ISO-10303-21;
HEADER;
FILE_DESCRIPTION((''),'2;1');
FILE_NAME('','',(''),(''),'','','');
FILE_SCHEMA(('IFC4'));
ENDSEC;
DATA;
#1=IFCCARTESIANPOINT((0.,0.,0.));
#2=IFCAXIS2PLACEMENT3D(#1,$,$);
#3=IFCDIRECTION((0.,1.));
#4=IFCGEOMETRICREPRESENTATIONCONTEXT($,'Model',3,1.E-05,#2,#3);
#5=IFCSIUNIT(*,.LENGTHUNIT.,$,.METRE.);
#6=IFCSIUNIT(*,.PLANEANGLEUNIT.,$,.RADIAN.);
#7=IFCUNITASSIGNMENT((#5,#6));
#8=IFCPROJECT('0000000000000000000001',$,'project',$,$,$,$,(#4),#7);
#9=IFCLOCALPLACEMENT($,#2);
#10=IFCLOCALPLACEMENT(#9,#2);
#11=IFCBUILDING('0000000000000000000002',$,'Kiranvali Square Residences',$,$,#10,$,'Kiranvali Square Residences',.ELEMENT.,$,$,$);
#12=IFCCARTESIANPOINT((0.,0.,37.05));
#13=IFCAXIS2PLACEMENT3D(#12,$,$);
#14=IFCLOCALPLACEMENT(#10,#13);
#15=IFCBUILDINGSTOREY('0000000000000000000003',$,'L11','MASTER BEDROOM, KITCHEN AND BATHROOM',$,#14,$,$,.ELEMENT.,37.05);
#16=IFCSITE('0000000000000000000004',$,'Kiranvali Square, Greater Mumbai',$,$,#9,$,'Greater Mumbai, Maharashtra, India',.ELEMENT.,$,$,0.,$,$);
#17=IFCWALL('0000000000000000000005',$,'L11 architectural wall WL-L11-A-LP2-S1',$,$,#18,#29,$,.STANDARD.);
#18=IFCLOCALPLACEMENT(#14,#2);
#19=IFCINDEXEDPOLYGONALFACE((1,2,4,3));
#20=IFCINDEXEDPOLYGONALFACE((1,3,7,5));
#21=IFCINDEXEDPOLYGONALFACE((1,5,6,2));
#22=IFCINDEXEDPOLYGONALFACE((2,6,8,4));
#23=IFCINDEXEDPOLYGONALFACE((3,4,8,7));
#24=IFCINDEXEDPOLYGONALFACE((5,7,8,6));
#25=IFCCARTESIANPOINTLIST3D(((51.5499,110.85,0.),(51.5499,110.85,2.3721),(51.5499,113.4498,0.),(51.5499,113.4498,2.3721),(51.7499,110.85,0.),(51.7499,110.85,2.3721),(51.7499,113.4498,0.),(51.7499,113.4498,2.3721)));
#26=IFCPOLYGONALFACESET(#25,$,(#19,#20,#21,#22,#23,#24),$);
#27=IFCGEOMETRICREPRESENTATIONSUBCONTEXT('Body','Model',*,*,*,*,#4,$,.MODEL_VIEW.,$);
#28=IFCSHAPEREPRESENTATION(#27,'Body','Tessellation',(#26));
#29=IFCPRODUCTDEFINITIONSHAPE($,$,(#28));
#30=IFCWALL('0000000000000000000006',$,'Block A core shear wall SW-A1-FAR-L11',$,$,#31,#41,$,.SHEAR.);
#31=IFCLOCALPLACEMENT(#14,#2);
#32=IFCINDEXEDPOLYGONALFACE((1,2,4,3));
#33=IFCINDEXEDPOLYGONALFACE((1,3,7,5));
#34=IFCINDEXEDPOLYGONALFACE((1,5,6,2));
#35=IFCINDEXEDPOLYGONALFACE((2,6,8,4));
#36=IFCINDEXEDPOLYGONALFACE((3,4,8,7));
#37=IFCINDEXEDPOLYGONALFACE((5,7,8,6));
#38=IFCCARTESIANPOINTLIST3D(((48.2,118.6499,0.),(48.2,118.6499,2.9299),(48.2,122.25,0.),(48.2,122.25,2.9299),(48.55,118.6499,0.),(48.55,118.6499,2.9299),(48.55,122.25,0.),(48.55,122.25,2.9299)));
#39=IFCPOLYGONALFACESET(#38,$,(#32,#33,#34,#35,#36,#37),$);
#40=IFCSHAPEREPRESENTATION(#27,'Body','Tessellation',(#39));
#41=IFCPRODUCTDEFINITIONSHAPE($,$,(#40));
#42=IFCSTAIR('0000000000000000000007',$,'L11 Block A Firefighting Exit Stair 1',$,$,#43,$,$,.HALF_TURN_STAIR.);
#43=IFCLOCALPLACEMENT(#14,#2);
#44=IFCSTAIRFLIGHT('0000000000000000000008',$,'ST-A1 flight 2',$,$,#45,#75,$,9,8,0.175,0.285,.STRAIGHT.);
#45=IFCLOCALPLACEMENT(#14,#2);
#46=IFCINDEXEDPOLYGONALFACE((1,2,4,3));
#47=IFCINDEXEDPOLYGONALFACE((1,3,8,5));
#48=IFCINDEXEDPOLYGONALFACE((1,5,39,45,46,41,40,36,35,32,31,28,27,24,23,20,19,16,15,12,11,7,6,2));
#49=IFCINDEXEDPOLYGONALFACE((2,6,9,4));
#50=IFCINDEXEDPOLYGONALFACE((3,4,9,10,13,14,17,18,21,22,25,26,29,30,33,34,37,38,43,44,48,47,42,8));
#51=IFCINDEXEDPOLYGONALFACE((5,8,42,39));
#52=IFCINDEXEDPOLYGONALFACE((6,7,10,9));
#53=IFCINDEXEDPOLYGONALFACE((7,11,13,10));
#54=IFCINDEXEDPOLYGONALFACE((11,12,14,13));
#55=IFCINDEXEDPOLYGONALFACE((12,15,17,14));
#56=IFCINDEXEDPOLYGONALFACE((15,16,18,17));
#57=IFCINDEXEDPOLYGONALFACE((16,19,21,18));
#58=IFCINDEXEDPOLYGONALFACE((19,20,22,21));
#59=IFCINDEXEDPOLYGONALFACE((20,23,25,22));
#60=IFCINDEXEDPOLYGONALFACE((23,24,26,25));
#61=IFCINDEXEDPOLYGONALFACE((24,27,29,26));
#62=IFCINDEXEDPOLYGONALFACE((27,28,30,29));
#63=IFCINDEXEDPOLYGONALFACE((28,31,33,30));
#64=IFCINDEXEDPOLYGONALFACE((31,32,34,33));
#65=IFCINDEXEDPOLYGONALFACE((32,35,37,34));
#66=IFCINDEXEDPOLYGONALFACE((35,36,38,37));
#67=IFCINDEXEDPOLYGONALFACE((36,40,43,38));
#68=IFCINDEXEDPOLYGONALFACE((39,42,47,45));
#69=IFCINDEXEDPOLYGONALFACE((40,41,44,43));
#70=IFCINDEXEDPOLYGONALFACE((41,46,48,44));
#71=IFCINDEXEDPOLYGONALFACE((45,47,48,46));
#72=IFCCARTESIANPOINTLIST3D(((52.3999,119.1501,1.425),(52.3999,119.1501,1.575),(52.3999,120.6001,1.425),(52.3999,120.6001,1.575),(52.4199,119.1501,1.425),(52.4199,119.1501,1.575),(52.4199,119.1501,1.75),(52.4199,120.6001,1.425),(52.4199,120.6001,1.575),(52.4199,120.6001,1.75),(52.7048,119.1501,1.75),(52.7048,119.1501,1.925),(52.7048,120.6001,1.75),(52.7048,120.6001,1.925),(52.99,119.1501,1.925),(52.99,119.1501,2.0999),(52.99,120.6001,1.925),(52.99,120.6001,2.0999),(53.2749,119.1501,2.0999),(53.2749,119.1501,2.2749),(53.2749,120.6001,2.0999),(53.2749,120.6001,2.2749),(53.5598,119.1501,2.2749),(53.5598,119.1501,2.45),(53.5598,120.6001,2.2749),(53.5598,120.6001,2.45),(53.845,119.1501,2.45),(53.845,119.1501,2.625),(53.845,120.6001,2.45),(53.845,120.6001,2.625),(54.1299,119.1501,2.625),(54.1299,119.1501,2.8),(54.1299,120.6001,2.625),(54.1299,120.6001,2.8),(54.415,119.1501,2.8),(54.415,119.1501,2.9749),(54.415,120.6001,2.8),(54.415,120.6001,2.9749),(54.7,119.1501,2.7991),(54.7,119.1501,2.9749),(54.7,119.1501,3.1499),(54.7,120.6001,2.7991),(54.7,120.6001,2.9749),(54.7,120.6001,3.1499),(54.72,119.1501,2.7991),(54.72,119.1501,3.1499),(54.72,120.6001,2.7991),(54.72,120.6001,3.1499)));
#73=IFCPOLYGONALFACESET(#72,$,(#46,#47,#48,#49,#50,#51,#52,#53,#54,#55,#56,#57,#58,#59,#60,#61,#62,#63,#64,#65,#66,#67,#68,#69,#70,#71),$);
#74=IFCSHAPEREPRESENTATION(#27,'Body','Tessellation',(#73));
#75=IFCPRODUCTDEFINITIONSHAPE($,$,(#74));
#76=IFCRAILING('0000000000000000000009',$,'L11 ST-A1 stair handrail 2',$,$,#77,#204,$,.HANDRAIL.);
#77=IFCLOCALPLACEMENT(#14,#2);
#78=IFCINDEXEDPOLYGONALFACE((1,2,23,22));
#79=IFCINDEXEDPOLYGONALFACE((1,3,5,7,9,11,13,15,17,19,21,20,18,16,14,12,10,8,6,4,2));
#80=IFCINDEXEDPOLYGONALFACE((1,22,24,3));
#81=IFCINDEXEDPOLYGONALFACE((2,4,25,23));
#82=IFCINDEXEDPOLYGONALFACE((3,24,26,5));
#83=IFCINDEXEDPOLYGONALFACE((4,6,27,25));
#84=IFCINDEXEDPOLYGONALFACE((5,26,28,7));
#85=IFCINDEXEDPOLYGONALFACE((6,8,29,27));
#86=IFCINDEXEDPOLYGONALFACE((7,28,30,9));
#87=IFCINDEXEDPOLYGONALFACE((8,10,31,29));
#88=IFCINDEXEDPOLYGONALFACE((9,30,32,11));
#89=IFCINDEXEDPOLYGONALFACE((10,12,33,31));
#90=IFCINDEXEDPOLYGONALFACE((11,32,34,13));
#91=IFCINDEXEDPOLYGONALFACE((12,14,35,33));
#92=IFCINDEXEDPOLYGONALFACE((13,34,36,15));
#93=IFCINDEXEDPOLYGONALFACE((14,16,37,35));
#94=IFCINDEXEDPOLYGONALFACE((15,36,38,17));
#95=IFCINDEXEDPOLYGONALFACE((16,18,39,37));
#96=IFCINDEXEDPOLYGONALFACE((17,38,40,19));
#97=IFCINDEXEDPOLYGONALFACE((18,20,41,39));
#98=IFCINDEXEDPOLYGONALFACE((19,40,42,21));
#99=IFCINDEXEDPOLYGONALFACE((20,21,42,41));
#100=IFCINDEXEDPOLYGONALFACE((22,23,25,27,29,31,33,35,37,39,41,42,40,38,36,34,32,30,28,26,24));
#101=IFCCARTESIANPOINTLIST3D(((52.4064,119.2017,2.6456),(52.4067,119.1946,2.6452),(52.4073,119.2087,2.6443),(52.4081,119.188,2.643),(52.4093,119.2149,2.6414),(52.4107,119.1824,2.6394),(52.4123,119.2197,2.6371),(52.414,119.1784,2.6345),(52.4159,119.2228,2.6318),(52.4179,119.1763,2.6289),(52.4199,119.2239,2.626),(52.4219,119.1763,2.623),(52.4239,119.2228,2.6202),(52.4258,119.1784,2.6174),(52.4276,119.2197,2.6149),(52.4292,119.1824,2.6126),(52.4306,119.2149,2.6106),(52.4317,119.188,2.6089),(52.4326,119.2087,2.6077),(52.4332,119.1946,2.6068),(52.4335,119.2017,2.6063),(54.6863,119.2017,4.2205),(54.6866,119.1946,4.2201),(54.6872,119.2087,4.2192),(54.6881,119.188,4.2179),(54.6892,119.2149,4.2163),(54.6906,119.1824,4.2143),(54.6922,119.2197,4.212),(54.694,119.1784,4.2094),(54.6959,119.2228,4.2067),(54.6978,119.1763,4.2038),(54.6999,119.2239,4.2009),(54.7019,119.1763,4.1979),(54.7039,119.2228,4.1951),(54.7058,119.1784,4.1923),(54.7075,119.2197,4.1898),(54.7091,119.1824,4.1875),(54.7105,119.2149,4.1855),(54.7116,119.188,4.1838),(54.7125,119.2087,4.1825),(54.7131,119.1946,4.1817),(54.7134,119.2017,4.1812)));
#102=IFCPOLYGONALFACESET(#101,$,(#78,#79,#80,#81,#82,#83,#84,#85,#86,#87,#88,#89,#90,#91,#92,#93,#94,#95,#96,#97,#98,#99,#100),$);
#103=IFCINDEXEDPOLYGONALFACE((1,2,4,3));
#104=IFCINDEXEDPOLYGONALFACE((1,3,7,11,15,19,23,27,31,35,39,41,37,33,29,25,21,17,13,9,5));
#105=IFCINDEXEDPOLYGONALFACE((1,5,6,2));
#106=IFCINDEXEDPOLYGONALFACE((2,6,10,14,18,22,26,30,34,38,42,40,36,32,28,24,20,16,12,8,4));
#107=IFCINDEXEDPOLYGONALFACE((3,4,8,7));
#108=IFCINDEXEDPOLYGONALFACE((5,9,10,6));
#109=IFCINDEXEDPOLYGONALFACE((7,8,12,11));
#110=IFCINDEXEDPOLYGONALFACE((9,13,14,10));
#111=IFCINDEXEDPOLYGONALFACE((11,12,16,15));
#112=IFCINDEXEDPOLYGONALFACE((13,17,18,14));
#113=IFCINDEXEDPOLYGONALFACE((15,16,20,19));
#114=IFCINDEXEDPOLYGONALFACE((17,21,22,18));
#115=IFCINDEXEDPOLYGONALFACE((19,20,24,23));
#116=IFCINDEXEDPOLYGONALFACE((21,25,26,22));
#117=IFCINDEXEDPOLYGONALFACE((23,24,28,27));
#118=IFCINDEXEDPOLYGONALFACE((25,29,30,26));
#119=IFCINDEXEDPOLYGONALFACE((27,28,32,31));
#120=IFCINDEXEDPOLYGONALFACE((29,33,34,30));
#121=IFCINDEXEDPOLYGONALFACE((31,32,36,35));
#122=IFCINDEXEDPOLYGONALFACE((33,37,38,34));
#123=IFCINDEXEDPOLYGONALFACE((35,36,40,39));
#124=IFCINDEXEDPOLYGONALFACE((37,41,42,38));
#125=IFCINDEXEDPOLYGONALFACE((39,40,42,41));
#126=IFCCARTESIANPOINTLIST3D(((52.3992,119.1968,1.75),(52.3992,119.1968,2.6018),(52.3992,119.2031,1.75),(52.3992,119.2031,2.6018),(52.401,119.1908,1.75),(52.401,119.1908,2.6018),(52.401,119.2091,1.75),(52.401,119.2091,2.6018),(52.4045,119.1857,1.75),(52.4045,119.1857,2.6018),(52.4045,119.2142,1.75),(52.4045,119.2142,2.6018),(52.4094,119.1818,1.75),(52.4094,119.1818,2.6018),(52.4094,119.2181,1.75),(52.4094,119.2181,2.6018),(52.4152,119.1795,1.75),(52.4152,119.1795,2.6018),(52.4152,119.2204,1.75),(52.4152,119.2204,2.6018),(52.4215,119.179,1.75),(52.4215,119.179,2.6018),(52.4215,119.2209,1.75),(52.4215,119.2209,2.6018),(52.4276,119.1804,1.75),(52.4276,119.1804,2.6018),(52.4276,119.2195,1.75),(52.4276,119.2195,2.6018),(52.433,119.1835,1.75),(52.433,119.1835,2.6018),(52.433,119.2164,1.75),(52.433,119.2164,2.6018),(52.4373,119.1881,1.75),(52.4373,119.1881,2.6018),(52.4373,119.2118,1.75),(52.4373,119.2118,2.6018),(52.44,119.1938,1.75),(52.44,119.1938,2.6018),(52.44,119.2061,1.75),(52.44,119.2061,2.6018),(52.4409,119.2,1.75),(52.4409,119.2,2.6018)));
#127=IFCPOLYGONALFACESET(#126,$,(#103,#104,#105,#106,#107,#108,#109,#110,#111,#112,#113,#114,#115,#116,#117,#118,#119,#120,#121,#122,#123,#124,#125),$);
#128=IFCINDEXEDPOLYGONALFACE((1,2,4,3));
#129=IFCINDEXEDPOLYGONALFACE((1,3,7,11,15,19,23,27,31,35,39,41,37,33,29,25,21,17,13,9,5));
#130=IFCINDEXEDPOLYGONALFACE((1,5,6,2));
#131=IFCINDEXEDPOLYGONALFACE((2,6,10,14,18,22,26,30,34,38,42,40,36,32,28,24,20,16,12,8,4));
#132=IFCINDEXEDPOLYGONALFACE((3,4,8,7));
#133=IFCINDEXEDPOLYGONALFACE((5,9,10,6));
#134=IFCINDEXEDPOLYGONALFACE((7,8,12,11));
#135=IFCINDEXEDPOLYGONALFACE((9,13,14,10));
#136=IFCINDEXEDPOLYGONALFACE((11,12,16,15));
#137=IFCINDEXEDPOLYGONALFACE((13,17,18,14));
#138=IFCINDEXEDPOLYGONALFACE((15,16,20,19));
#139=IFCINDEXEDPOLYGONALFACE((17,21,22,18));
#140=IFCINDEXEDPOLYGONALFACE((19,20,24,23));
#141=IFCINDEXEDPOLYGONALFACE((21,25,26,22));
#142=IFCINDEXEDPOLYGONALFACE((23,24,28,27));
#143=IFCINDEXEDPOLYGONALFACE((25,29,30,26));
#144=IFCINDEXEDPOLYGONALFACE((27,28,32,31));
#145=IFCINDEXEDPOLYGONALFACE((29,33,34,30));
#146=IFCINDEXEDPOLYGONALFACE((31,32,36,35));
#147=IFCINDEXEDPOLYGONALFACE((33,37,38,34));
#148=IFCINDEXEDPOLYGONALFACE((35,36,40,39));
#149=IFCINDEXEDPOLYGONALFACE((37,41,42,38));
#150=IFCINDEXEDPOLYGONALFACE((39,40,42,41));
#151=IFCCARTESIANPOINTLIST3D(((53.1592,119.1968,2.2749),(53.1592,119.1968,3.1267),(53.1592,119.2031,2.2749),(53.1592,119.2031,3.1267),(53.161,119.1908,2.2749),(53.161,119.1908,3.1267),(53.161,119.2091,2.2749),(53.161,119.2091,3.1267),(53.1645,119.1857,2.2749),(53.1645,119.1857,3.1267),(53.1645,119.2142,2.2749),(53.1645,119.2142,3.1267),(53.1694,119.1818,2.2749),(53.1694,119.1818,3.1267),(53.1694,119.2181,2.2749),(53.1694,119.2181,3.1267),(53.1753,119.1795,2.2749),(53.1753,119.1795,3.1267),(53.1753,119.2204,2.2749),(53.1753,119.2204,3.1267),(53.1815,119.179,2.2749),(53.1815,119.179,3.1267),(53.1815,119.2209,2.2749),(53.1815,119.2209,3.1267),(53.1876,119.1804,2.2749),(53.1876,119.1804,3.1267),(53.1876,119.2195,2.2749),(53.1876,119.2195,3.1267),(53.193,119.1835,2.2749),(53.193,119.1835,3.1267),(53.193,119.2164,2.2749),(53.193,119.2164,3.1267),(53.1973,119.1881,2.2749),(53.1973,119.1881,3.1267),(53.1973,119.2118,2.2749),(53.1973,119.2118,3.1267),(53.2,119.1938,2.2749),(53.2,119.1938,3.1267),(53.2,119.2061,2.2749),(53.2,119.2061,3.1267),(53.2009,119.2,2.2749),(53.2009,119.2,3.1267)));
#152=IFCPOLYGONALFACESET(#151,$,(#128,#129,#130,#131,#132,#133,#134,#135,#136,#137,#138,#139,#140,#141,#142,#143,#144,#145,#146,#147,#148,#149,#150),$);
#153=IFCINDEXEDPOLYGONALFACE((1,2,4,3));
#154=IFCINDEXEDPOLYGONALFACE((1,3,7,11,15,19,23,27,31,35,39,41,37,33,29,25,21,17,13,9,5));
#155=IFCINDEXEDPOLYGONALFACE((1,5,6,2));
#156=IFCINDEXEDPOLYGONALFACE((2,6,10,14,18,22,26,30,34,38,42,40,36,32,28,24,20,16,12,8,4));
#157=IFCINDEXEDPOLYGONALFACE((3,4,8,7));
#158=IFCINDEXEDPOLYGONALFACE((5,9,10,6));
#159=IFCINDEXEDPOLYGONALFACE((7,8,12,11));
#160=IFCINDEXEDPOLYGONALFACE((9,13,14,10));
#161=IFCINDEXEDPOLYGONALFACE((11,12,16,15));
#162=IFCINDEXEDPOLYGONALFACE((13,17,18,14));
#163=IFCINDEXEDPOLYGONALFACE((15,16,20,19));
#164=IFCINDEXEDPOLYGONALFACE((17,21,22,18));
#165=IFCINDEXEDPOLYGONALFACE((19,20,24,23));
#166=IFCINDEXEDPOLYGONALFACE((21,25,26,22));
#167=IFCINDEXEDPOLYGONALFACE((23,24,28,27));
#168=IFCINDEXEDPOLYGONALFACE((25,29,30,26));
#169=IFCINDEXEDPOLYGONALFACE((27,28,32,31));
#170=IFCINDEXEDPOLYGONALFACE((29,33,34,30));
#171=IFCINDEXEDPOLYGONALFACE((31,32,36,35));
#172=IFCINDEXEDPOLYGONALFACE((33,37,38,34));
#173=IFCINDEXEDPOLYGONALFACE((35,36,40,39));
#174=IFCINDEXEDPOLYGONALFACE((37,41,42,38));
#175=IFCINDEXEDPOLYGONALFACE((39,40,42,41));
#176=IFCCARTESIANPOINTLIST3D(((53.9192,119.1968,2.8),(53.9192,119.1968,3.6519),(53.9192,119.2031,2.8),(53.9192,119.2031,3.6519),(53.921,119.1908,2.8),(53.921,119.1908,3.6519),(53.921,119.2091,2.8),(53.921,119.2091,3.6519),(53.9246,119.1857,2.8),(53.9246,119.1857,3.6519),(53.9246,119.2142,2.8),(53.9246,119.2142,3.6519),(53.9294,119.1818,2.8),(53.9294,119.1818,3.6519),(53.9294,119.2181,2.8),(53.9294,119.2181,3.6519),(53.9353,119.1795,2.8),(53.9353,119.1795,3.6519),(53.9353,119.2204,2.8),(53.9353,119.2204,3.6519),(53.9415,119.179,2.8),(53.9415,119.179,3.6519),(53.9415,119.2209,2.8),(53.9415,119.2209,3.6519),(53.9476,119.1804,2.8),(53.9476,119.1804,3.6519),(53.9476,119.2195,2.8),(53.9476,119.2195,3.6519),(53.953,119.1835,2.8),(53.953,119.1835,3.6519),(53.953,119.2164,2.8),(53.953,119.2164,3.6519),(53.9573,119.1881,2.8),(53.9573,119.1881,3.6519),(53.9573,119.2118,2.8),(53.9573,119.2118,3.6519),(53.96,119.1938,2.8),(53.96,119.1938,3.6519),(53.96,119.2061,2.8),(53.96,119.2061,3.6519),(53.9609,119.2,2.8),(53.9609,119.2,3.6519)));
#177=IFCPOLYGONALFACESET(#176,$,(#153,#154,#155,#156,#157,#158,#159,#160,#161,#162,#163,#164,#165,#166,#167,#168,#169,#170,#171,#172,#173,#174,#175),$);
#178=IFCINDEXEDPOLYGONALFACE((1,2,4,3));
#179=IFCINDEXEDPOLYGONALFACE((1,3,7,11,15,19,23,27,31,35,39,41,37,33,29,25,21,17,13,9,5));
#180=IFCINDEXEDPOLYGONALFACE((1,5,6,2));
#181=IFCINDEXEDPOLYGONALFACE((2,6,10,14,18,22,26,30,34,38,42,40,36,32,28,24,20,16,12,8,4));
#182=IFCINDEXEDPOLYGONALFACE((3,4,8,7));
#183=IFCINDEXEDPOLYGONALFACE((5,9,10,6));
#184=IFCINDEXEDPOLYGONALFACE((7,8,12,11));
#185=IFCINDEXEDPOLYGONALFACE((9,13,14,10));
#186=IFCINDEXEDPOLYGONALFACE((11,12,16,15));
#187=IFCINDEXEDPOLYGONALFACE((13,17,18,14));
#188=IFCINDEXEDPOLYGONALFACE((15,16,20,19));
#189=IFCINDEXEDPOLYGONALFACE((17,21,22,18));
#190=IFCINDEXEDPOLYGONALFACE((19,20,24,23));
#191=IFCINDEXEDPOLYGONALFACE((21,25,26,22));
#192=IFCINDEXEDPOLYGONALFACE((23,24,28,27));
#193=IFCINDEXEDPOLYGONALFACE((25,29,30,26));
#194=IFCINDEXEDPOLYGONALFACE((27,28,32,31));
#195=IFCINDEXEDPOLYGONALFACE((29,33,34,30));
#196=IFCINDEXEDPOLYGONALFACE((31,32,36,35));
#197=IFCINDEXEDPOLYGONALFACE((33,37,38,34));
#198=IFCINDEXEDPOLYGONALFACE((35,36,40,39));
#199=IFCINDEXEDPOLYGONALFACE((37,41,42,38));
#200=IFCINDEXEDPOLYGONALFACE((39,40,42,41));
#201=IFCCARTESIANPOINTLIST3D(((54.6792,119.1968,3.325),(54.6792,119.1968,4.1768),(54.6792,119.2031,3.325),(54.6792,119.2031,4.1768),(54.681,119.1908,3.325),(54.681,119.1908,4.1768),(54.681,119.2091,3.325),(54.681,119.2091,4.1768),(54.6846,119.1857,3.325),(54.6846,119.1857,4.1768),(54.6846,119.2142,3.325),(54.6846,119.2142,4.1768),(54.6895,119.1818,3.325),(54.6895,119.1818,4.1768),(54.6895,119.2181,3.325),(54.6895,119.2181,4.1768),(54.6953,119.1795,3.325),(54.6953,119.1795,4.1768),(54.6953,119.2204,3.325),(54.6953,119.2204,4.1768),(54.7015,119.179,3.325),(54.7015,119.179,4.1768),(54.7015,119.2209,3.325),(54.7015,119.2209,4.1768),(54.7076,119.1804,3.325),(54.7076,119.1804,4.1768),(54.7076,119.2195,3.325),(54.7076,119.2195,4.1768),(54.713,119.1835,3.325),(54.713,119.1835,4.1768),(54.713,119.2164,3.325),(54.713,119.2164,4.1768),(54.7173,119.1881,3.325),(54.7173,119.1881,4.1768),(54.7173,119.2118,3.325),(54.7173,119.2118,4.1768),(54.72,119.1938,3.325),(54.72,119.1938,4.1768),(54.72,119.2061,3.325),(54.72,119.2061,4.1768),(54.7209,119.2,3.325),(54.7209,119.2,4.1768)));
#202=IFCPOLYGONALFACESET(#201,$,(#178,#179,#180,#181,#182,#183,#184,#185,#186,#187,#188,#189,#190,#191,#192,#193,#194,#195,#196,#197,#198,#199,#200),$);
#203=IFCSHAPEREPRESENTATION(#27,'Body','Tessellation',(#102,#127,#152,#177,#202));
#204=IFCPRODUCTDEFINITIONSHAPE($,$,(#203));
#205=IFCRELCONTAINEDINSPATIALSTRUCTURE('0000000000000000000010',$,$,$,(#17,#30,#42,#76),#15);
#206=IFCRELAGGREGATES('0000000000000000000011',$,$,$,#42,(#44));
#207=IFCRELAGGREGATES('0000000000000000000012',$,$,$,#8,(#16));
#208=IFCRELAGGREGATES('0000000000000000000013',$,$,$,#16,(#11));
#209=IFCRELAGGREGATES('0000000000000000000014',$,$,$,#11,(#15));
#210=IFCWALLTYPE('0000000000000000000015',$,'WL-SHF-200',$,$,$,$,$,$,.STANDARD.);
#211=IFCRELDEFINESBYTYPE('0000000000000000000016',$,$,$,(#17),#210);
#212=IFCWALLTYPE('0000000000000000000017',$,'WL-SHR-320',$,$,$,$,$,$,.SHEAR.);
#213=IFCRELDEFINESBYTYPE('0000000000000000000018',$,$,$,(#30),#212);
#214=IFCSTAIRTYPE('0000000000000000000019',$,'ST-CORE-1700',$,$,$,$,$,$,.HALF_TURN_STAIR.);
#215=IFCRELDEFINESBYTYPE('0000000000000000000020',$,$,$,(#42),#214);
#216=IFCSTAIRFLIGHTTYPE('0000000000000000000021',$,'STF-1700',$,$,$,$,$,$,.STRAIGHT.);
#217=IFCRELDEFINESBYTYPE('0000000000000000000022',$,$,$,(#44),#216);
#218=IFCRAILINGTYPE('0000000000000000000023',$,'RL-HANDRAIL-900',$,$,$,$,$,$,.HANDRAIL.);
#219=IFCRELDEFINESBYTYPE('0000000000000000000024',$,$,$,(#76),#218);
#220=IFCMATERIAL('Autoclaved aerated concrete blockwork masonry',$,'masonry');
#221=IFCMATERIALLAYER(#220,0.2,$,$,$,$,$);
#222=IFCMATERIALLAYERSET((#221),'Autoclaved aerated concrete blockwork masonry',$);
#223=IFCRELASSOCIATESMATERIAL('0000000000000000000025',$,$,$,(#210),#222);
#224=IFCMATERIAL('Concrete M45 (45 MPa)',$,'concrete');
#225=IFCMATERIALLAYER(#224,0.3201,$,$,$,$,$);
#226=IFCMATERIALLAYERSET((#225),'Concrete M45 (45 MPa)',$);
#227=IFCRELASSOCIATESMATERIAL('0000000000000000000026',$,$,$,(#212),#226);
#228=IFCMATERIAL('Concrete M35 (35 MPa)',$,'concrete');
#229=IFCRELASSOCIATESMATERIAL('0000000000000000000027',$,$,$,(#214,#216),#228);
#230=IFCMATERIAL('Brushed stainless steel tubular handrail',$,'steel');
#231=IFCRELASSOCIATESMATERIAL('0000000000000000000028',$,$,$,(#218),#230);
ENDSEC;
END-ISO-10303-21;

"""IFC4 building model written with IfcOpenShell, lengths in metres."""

from ifc_helpers import new_model, si_unit, direction, frame, frame_2d, origin, origin_2d, place, context, subcontext, project, spatial, polyline, rectangle, circle, outline, extrude, material, layer, layer_set, type_object, element, aggregate, save


model = new_model("IFC4")

# Units and contexts
model_context = context("Model", 3, precision=1e-05, world=origin(), true_north=direction((0.0, 1.0)))
body_context = subcontext(model_context, "Body", "Model", "MODEL_VIEW")
ifc_project = project(units=[si_unit("LENGTHUNIT", "METRE"), si_unit("PLANEANGLEUNIT", "RADIAN")], contexts=[model_context])

# Site, building, storey
site_placement = place(None, origin())
site = spatial("IfcSite", under=ifc_project, at=site_placement, Name="Kiranvali Square, Greater Mumbai", LongName="Greater Mumbai, Maharashtra, India", CompositionType="ELEMENT", RefElevation=0.0)
building_placement = place(site_placement, origin())
building = spatial("IfcBuilding", under=site, at=building_placement, Name="Kiranvali Square Residences", LongName="Kiranvali Square Residences", CompositionType="ELEMENT")
storey_placement = place(building_placement, frame((0.0, 0.0, 37.05)))
storey = spatial("IfcBuildingStorey", under=building, at=storey_placement, Name="L11", Description="MASTER BEDROOM, KITCHEN AND BATHROOM", CompositionType="ELEMENT", Elevation=37.05)

# Shared definitions
ifc_material_1 = material(Name="Concrete M45 (45 MPa)", Category="concrete")

# Shared definitions
ifc_material_2 = material(Name="Autoclaved aerated concrete blockwork masonry", Category="masonry")

# Shared definitions
ifc_layer_1 = layer(ifc_material_2, 0.2)
ifc_layer_set_1 = layer_set([ifc_layer_1], Name="Autoclaved aerated concrete blockwork masonry")
wall_type_1 = type_object("IfcWallType", Name="WL-SHF-200", PredefinedType="STANDARD", material=ifc_layer_set_1)

# Wall
wall_1_placement = place(storey_placement, frame((51.6499, 110.8501, 0.0), z_axis=(0.0, 0.0, 1.0), x_axis=(0.0, 1.0, 0.0)))
element("IfcWall", 1, at=wall_1_placement, inside=storey, type_object=wall_type_1, Name="L11 architectural wall WL-L11-A-LP2-S1", PredefinedType="STANDARD", context=body_context, shape_type="SweptSolid", body=[
    extrude(rectangle(XDim=2.5999, YDim=0.2, at=frame_2d((1.2998, 0.0))), origin(), (0.0, 0.0, 1.0), 2.3721),
])

# Shared definitions
ifc_layer_2 = layer(ifc_material_1, 0.3201)
ifc_layer_set_2 = layer_set([ifc_layer_2], Name="Concrete M45 (45 MPa)")
wall_type_2 = type_object("IfcWallType", Name="WL-SHR-320", PredefinedType="SHEAR", material=ifc_layer_set_2)

# Wall
wall_2_placement = place(storey_placement, frame((48.375, 118.6499, 0.0), z_axis=(0.0, 0.0, 1.0), x_axis=(0.0, 1.0, 0.0)))
element("IfcWall", 2, at=wall_2_placement, inside=storey, type_object=wall_type_2, Name="Block A core shear wall SW-A1-FAR-L11", PredefinedType="SHEAR", context=body_context, shape_type="SweptSolid", body=[
    extrude(rectangle(XDim=3.6001, YDim=0.3501, at=frame_2d((1.8, 0.0))), origin(), (0.0, 0.0, 1.0), 2.9299),
])

# Stair, stair flight
ifc_material_3 = material(Name="Concrete M35 (35 MPa)", Category="concrete")
stair_type = type_object("IfcStairType", Name="ST-CORE-1700", PredefinedType="HALF_TURN_STAIR", material=ifc_material_3)
stair_placement = place(storey_placement, origin())
stair = element("IfcStair", 3, at=stair_placement, inside=storey, type_object=stair_type, Name="L11 Block A Firefighting Exit Stair 1", PredefinedType="HALF_TURN_STAIR")
stair_flight_type = type_object("IfcStairFlightType", Name="STF-1700", PredefinedType="STRAIGHT", material=ifc_material_3)
stair_flight_placement = place(storey_placement, frame((52.4199, 119.875, 1.575), z_axis=(0.0, 0.0, 1.0), x_axis=(1.0, 0.0, 0.0)))
stair_flight = element("IfcStairFlight", 4, at=stair_flight_placement, type_object=stair_flight_type, Name="ST-A1 flight 2", NumberOfRisers=9, NumberOfTreads=8, PredefinedType="STRAIGHT", RiserHeight=0.175, TreadLength=0.285, context=body_context, shape_type="SweptSolid", body=[
    extrude(outline(polyline([(-0.02, -0.1499), (-0.02, 0.0), (0.0, 0.0), (0.0, 0.175), (0.2849, 0.175), (0.2849, 0.3501), (0.5701, 0.3501), (0.5701, 0.5249), (0.855, 0.5249), (0.855, 0.7), (1.1399, 0.7), (1.1399, 0.875), (1.425, 0.875), (1.425, 1.05), (1.71, 1.05), (1.71, 1.2251), (1.9951, 1.2251), (1.9951, 1.3999), (2.28, 1.3999), (2.28, 1.575), (2.3, 1.575), (2.3, 1.2241), (2.28, 1.2241), (0.0, -0.1499), (-0.02, -0.1499)])), frame((0.0, 0.7251, 0.0), z_axis=(0.0, -1.0, 0.0), x_axis=(1.0, 0.0, 0.0)), (0.0, 0.0, 1.0), 1.45),
])
aggregate(stair, [stair_flight])

# Railing
ifc_material_4 = material(Name="Brushed stainless steel tubular handrail", Category="steel")
railing_type = type_object("IfcRailingType", Name="RL-HANDRAIL-900", PredefinedType="HANDRAIL", material=ifc_material_4)
railing_placement = place(storey_placement, frame((52.4199, 119.2, 1.75)))
element("IfcRailing", 5, at=railing_placement, inside=storey, type_object=railing_type, Name="L11 ST-A1 stair handrail 2", PredefinedType="HANDRAIL", context=body_context, shape_type="SweptSolid", body=[
    extrude(circle(Radius=0.0239, at=origin_2d()), frame((0.0, 0.0, 0.876), z_axis=(0.822788, 0.0, 0.568348), x_axis=(0.0, 1.0, 0.0)), (0.0, 0.0, 1.0), 2.771),
    extrude(circle(Radius=0.021, at=origin_2d()), origin(), (0.0, 0.0, 1.0), 0.8518),
    extrude(circle(Radius=0.021, at=origin_2d()), frame((0.76, 0.0, 0.5249)), (0.0, 0.0, 1.0), 0.8518),
    extrude(circle(Radius=0.021, at=origin_2d()), frame((1.52, 0.0, 1.05)), (0.0, 0.0, 1.0), 0.8518),
    extrude(circle(Radius=0.021, at=origin_2d()), frame((2.28, 0.0, 1.575)), (0.0, 0.0, 1.0), 0.8518),
])

save(model, "model.ifc")
